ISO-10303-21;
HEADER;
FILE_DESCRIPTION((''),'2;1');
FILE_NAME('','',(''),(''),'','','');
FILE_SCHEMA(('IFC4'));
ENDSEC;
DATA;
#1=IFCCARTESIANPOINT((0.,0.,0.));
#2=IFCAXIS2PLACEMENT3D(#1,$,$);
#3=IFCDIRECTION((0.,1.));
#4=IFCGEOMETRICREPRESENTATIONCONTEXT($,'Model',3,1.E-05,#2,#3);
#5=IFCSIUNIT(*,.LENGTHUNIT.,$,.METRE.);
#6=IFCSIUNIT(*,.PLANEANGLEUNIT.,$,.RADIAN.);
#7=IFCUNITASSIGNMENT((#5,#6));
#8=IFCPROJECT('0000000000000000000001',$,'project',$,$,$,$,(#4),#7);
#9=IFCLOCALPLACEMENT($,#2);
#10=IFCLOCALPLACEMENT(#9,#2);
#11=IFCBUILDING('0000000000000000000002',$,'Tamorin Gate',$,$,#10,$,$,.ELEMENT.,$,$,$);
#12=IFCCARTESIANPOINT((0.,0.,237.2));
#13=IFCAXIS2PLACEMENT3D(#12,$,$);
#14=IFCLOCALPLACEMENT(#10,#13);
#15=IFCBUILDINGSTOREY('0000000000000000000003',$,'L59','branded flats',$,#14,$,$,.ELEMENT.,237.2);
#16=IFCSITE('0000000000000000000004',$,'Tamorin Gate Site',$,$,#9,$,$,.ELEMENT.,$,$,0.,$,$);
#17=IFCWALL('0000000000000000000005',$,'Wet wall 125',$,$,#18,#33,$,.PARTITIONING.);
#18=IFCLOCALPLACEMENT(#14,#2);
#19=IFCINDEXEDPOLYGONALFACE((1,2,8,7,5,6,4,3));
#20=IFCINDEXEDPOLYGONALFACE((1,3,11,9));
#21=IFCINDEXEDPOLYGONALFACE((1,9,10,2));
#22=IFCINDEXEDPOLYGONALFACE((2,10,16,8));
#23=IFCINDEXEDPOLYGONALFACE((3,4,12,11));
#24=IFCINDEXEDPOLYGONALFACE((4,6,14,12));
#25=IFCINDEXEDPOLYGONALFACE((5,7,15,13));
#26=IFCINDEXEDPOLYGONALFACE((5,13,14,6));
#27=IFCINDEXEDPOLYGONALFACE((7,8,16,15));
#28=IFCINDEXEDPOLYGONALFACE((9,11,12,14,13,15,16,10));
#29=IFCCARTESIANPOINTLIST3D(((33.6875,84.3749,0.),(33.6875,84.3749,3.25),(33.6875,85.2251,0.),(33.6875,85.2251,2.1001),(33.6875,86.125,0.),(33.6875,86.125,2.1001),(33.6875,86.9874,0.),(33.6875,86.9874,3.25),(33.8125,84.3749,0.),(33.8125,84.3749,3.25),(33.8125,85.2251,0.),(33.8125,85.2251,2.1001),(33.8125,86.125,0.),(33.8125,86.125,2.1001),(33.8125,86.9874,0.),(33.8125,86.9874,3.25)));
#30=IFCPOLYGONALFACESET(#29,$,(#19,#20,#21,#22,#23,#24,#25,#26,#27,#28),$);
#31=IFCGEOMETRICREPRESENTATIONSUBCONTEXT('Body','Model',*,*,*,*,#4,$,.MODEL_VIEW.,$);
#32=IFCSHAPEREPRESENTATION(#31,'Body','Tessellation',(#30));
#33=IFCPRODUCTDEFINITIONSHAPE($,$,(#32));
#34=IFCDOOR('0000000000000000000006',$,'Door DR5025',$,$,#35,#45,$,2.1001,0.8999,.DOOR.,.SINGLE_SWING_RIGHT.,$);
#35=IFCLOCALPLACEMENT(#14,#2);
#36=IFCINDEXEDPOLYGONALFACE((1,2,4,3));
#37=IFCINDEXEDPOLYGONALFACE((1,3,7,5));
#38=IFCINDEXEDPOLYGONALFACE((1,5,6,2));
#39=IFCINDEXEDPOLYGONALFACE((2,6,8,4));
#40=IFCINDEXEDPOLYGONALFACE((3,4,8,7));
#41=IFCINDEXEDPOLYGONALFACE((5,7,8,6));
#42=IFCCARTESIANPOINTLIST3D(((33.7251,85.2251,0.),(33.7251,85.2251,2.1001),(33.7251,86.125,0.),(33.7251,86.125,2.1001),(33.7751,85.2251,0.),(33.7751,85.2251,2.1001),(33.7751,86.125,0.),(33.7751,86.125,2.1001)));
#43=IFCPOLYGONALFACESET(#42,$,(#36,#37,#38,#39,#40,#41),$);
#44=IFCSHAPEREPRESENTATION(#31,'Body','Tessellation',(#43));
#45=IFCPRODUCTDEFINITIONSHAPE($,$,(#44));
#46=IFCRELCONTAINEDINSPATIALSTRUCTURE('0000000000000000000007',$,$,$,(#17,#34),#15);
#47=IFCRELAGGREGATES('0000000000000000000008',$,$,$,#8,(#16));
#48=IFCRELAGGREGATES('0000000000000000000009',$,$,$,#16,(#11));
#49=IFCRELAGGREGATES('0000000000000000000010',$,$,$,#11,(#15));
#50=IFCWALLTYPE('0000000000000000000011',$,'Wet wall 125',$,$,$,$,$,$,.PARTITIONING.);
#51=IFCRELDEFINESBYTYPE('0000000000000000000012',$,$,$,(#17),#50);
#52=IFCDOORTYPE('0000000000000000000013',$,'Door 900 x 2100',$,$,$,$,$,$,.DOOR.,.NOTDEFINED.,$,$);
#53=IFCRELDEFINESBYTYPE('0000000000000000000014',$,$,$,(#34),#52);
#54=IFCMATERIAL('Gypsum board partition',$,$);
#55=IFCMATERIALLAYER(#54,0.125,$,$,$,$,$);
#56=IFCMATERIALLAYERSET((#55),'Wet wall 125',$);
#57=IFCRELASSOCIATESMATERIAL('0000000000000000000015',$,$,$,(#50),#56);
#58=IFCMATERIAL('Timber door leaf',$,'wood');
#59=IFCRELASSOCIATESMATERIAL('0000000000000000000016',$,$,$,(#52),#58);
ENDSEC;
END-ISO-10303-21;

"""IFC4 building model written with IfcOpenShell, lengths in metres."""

from ifc_helpers import new_model, si_unit, direction, frame, frame_2d, origin, place, context, subcontext, project, spatial, rectangle, extrude, material, layer, layer_set, type_object, element, fill, save


model = new_model("IFC4")

# Units and contexts
model_context = context("Model", 3, precision=1e-05, world=origin(), true_north=direction((0.0, 1.0)))
body_context = subcontext(model_context, "Body", "Model", "MODEL_VIEW")
ifc_project = project(units=[si_unit("LENGTHUNIT", "METRE"), si_unit("PLANEANGLEUNIT", "RADIAN")], contexts=[model_context])

# Site, building, storey
site_placement = place(None, origin())
site = spatial("IfcSite", under=ifc_project, at=site_placement, Name="Tamorin Gate Site", CompositionType="ELEMENT", RefElevation=0.0)
building_placement = place(site_placement, origin())
building = spatial("IfcBuilding", under=site, at=building_placement, Name="Tamorin Gate", CompositionType="ELEMENT")
storey_placement = place(building_placement, frame((0.0, 0.0, 237.2)))
storey = spatial("IfcBuildingStorey", under=building, at=storey_placement, Name="L59", Description="branded flats", CompositionType="ELEMENT", Elevation=237.2)

# Shared definitions
ifc_material_1 = material(Name="Gypsum board partition")
ifc_material_2 = material(Name="Timber door leaf", Category="wood")

# Wall, opening, door
ifc_layer_1 = layer(ifc_material_1, 0.125)
ifc_layer_set_1 = layer_set([ifc_layer_1], Name="Wet wall 125")
wall_type_1 = type_object("IfcWallType", Name="Wet wall 125", PredefinedType="PARTITIONING", material=ifc_layer_set_1)
door_type_1 = type_object("IfcDoorType", Name="Door 900 x 2100", OperationType="NOTDEFINED", PredefinedType="DOOR", material=ifc_material_2)
wall_1_placement = place(storey_placement, frame((33.75, 84.375, 0.0), z_axis=(0.0, 0.0, 1.0), x_axis=(0.0, 1.0, 0.0)))
wall_1 = element("IfcWall", 1, at=wall_1_placement, inside=storey, type_object=wall_type_1, Name="Wet wall 125", PredefinedType="PARTITIONING", context=body_context, shape_type="SweptSolid", body=[
    extrude(rectangle(XDim=2.6125, YDim=0.125, at=frame_2d((1.3062, 0.0))), origin(), (0.0, 0.0, 1.0), 3.25),
])
opening_1_placement = place(wall_1_placement, frame((0.8501, 0.0, 0.0)))
opening_1 = element("IfcOpeningElement", 2, at=opening_1_placement, cuts=wall_1, PredefinedType="OPENING", context=body_context, shape_type="SweptSolid", body=[
    extrude(rectangle(XDim=0.8999, YDim=2.1001, at=frame_2d((0.45, 1.05))), frame((0.0, 0.0725, 0.0), z_axis=(0.0, -1.0, 0.0), x_axis=(1.0, 0.0, 0.0)), (0.0, 0.0, 1.0), 0.145),
])
door_1_placement = place(opening_1_placement, origin())
door_1 = element("IfcDoor", 3, at=door_1_placement, inside=storey, type_object=door_type_1, Name="Door DR5025", OperationType="SINGLE_SWING_RIGHT", OverallHeight=2.1001, OverallWidth=0.8999, PredefinedType="DOOR", context=body_context, shape_type="SweptSolid", body=[
    extrude(rectangle(XDim=0.8999, YDim=2.1001, at=frame_2d((0.45, 1.05))), frame((0.0, 0.0249, 0.0), z_axis=(0.0, -1.0, 0.0), x_axis=(1.0, 0.0, 0.0)), (0.0, 0.0, 1.0), 0.05),
])
fill(opening_1, door_1)

save(model, "model.ifc")
